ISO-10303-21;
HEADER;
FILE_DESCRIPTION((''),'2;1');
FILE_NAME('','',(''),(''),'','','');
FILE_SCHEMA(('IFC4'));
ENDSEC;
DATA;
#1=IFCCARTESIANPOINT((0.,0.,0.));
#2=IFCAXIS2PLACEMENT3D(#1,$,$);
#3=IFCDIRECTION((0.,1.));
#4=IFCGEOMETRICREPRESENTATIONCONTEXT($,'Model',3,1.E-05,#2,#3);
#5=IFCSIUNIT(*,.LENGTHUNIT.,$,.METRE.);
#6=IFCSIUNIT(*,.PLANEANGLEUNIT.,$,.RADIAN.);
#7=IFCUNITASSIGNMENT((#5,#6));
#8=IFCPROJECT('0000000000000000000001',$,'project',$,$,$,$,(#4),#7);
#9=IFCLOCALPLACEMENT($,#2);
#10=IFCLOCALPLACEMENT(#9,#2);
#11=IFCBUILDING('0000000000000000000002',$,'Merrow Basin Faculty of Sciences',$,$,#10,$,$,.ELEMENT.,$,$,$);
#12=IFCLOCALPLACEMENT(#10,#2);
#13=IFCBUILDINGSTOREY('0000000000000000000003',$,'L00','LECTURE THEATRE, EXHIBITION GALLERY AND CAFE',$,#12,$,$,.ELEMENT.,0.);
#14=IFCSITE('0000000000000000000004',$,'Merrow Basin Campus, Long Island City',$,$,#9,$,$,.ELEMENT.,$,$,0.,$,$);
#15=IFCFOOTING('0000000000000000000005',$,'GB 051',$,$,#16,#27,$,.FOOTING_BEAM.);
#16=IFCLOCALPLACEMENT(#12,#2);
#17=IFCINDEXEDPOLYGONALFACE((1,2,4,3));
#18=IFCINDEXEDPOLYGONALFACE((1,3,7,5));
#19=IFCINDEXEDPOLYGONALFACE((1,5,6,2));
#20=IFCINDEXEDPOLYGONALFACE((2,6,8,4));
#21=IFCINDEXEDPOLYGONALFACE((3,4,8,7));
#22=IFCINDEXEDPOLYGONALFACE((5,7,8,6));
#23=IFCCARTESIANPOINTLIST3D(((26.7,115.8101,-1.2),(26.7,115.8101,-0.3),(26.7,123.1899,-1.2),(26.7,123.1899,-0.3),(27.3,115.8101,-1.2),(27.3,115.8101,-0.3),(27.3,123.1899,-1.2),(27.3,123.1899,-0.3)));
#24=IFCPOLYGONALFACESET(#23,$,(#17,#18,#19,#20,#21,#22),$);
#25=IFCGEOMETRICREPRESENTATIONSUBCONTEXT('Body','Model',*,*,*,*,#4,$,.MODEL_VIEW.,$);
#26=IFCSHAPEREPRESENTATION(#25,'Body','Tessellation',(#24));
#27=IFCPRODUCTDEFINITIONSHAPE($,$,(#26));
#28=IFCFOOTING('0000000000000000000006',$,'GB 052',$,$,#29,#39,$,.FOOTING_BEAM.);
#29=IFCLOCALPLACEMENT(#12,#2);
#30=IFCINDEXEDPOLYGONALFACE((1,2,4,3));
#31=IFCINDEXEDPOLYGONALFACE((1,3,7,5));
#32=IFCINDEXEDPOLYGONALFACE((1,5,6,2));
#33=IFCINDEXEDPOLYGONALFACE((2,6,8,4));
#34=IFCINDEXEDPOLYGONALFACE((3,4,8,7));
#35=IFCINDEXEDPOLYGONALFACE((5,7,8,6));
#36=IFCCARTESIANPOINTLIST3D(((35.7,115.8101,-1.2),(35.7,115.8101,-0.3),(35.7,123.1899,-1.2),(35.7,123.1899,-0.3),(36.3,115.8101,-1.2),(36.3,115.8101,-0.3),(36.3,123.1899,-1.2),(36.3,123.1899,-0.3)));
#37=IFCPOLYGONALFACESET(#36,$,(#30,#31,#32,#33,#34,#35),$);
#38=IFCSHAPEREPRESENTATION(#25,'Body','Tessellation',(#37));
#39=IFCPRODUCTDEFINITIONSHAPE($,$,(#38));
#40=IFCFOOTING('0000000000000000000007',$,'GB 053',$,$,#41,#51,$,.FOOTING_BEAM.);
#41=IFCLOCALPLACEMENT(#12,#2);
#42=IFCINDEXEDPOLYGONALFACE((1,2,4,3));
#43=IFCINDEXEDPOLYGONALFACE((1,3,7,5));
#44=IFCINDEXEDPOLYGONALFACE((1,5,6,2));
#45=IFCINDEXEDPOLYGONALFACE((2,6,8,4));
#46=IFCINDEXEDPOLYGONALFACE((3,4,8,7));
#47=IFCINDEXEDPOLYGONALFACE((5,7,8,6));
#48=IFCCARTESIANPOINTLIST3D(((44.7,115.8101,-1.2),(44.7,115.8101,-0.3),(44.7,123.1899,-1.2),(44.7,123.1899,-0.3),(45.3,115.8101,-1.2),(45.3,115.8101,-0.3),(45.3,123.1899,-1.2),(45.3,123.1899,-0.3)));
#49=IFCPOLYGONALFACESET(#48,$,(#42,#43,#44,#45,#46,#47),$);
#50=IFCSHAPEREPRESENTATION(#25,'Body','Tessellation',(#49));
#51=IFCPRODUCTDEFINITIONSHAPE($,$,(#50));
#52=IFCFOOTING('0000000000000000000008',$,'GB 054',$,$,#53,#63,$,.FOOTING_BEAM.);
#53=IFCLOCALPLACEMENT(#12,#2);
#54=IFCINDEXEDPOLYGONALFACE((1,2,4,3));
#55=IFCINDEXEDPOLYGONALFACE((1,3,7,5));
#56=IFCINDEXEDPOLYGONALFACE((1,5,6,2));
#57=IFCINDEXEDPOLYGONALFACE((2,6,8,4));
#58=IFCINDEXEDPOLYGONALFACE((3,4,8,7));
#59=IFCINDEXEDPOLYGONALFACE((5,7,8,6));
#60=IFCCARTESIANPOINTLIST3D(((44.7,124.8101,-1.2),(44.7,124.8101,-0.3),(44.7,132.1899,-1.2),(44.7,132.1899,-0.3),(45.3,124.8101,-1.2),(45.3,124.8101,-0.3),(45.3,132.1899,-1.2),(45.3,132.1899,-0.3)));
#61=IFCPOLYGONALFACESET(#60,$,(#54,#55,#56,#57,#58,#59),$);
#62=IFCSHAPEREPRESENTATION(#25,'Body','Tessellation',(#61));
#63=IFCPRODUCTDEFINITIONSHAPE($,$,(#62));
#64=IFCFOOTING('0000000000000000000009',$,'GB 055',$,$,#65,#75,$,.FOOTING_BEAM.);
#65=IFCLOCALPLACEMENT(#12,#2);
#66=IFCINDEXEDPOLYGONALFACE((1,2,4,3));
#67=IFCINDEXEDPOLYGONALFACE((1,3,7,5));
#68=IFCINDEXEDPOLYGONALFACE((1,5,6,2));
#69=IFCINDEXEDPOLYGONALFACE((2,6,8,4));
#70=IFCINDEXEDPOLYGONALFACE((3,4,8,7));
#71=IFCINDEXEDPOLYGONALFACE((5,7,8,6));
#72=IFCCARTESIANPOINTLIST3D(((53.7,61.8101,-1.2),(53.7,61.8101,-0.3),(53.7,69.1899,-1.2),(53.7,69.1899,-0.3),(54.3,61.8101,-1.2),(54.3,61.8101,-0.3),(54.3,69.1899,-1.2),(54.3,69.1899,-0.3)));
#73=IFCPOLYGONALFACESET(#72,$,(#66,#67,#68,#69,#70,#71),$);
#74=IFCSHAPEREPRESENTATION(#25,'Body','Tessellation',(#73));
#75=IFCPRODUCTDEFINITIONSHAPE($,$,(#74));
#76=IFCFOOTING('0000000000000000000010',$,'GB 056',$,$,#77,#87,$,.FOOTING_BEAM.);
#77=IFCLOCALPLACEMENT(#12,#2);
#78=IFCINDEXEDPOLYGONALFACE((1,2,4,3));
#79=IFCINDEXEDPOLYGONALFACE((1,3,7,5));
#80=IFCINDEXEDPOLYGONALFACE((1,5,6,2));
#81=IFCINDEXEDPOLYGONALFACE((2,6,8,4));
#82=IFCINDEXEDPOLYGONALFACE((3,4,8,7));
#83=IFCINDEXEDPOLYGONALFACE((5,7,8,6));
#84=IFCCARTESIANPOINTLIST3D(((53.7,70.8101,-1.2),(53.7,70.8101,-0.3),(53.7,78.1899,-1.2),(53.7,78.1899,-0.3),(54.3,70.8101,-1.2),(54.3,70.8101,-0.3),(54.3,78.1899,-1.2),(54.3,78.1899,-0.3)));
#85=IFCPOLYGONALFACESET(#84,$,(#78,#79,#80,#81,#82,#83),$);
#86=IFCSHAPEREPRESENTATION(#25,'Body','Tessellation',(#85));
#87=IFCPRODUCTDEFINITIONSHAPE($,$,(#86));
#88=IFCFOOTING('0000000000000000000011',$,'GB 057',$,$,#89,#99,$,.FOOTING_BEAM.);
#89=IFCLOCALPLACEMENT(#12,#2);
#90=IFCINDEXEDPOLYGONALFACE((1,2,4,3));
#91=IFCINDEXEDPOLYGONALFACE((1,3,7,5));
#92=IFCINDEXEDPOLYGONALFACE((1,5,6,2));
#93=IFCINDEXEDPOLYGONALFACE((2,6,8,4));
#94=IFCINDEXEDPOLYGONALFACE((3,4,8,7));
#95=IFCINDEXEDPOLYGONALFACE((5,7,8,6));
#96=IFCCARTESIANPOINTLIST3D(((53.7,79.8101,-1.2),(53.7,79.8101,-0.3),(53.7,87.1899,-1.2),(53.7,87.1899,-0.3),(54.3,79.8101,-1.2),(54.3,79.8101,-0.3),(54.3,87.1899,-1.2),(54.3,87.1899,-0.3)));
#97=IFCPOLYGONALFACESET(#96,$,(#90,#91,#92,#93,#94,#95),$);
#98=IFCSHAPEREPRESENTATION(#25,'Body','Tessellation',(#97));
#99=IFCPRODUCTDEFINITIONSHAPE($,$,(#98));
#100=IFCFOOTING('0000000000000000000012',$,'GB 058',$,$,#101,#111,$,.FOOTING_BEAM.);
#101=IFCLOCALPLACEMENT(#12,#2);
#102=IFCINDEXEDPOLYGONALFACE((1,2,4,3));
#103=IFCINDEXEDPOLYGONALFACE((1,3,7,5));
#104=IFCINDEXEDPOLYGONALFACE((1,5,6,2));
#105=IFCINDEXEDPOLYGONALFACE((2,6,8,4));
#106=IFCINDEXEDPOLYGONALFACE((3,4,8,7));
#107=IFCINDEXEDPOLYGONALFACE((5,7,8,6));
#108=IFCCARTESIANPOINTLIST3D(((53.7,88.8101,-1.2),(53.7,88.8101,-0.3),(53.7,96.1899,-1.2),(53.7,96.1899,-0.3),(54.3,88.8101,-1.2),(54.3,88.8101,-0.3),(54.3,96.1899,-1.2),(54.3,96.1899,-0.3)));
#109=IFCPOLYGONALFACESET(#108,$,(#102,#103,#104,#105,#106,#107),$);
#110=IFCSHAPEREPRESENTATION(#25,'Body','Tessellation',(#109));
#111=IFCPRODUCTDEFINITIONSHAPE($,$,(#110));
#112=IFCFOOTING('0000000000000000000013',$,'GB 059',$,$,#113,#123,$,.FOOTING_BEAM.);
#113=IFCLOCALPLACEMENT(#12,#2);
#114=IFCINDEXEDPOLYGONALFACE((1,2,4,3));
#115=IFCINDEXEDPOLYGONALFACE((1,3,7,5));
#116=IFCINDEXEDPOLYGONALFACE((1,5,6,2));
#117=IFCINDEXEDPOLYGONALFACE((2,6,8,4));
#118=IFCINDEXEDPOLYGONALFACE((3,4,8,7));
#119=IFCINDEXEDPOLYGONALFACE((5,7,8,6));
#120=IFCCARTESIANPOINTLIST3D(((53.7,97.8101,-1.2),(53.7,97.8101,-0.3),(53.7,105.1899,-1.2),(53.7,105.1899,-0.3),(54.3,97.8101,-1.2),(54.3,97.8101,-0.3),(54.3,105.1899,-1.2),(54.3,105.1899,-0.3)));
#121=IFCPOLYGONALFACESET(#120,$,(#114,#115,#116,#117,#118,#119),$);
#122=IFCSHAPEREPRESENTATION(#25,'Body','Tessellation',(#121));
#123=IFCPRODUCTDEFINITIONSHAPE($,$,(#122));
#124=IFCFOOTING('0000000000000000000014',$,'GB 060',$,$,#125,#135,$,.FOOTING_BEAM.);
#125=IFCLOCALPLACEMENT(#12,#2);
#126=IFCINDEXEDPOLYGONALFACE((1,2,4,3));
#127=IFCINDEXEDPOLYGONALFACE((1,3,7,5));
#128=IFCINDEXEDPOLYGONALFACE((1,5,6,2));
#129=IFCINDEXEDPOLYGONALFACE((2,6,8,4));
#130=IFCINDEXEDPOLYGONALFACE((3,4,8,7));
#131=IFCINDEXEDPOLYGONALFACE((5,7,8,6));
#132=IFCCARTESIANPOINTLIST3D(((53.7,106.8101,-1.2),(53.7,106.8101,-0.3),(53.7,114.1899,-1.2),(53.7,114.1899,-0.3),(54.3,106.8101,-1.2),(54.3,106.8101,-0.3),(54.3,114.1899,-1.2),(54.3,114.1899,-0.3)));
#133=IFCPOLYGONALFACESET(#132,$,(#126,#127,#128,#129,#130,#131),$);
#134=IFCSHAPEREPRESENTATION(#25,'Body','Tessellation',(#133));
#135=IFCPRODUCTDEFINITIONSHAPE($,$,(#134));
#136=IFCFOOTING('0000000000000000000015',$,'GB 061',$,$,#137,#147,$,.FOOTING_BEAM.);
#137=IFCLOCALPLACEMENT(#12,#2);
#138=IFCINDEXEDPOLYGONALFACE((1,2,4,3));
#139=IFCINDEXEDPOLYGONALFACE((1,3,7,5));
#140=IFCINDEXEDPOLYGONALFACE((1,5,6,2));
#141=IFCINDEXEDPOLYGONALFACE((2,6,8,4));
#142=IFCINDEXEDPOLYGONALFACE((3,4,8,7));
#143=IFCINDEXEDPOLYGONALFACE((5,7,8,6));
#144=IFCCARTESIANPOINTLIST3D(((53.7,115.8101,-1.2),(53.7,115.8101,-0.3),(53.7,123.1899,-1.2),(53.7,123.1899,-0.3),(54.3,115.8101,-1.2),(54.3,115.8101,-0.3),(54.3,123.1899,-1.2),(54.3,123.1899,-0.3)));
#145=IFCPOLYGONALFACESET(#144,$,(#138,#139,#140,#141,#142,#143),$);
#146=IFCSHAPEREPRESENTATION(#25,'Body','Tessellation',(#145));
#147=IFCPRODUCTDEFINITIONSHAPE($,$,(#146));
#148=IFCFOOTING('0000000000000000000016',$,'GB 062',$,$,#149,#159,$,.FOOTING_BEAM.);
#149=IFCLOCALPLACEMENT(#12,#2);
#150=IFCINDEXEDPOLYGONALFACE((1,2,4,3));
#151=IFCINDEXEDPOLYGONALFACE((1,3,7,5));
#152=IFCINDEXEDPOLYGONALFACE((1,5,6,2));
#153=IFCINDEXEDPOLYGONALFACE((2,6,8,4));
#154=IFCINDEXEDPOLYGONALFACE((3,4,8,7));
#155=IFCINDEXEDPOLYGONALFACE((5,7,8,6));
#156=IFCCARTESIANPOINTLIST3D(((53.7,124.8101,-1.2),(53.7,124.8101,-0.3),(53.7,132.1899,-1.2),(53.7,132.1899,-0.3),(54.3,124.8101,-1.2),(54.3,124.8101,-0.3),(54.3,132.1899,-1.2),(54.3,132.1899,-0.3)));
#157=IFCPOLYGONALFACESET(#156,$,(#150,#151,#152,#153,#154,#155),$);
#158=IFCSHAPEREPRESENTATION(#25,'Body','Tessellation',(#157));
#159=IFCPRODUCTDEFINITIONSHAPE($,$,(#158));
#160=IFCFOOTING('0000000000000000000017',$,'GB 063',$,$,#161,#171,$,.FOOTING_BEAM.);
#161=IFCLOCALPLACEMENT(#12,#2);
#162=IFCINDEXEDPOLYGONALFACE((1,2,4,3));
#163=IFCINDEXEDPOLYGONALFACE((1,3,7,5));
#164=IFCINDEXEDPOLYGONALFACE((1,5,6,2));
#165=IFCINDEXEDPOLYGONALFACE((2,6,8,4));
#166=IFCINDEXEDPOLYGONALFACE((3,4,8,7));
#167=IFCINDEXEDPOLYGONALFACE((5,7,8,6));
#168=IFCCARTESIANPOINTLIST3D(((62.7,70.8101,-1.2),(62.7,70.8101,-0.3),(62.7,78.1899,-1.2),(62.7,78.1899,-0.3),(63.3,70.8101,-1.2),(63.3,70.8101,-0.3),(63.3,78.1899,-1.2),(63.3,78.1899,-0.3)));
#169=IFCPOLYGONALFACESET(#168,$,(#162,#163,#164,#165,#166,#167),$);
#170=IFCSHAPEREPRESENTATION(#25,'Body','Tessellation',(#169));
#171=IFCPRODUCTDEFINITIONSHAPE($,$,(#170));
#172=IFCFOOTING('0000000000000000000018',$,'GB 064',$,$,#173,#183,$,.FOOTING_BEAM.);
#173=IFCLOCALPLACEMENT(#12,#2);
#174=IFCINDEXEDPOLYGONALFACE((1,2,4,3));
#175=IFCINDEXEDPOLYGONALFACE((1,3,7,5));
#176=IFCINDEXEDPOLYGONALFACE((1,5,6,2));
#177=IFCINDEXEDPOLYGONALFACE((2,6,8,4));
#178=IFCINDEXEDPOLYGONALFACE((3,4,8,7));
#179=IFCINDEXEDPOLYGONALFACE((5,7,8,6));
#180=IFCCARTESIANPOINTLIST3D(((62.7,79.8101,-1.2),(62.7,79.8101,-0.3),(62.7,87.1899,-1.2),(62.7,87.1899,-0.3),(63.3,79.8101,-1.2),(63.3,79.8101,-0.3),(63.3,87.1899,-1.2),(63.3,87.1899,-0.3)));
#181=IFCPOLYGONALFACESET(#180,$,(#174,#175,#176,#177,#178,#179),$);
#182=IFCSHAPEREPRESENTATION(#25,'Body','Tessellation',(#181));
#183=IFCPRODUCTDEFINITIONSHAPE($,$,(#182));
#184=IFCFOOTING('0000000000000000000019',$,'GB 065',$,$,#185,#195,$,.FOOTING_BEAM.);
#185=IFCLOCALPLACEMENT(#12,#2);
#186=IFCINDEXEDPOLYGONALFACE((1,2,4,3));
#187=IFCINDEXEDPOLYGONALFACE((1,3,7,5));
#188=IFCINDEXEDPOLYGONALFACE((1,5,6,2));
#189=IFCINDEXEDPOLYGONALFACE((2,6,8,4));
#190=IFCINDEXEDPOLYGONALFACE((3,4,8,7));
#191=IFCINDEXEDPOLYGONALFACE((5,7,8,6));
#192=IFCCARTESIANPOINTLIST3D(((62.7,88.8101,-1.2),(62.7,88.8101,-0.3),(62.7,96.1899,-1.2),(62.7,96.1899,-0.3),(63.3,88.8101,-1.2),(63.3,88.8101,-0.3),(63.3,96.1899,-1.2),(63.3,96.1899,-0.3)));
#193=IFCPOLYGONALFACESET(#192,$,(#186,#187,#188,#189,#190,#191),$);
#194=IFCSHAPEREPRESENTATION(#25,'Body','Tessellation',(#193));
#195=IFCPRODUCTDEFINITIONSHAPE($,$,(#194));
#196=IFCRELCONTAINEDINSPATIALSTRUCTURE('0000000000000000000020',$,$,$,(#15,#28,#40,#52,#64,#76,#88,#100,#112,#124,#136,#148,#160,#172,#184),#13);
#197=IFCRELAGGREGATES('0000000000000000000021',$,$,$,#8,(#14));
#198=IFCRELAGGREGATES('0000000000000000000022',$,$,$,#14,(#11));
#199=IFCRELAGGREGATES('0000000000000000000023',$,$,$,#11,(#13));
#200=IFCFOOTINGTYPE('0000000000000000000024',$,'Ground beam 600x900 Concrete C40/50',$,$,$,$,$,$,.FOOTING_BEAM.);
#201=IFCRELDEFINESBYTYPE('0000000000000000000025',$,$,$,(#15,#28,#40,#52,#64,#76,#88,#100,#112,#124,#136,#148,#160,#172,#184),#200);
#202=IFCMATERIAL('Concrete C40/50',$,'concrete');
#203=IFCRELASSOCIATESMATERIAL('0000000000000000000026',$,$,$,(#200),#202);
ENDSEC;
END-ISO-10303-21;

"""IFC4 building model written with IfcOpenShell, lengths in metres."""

from ifc_helpers import new_model, si_unit, direction, frame, origin, place, context, subcontext, project, spatial, polyline, outline, extrude, material, type_object, element, save


model = new_model("IFC4")

# Units and contexts
model_context = context("Model", 3, precision=1e-05, world=origin(), true_north=direction((0.0, 1.0)))
body_context = subcontext(model_context, "Body", "Model", "MODEL_VIEW")
ifc_project = project(units=[si_unit("LENGTHUNIT", "METRE"), si_unit("PLANEANGLEUNIT", "RADIAN")], contexts=[model_context])

# Site, building, storey
site_placement = place(None, origin())
site = spatial("IfcSite", under=ifc_project, at=site_placement, Name="Merrow Basin Campus, Long Island City", CompositionType="ELEMENT", RefElevation=0.0)
building_placement = place(site_placement, origin())
building = spatial("IfcBuilding", under=site, at=building_placement, Name="Merrow Basin Faculty of Sciences", CompositionType="ELEMENT")
storey_placement = place(building_placement, origin())
storey = spatial("IfcBuildingStorey", under=building, at=storey_placement, Name="L00", Description="LECTURE THEATRE, EXHIBITION GALLERY AND CAFE", CompositionType="ELEMENT", Elevation=0.0)

# Footings
ifc_material = material(Name="Concrete C40/50", Category="concrete")
footing_type = type_object("IfcFootingType", Name="Ground beam 600x900 Concrete C40/50", PredefinedType="FOOTING_BEAM", material=ifc_material)
footing_1_placement = place(storey_placement, frame((0.0, 0.0, -1.2)))
element("IfcFooting", 1, at=footing_1_placement, inside=storey, type_object=footing_type, Name="GB 051", PredefinedType="FOOTING_BEAM", context=body_context, shape_type="SweptSolid", body=[
    extrude(outline(polyline([(26.7, 115.8101), (27.3, 115.8101), (27.3, 123.1899), (26.7, 123.1899), (26.7, 115.8101)])), origin(), (0.0, 0.0, 1.0), 0.8999),
])
footing_2_placement = place(storey_placement, frame((0.0, 0.0, -1.2)))
element("IfcFooting", 2, at=footing_2_placement, inside=storey, type_object=footing_type, Name="GB 052", PredefinedType="FOOTING_BEAM", context=body_context, shape_type="SweptSolid", body=[
    extrude(outline(polyline([(35.7, 115.8101), (36.3, 115.8101), (36.3, 123.1899), (35.7, 123.1899), (35.7, 115.8101)])), origin(), (0.0, 0.0, 1.0), 0.8999),
])
footing_3_placement = place(storey_placement, frame((0.0, 0.0, -1.2)))
element("IfcFooting", 3, at=footing_3_placement, inside=storey, type_object=footing_type, Name="GB 053", PredefinedType="FOOTING_BEAM", context=body_context, shape_type="SweptSolid", body=[
    extrude(outline(polyline([(44.7, 115.8101), (45.3, 115.8101), (45.3, 123.1899), (44.7, 123.1899), (44.7, 115.8101)])), origin(), (0.0, 0.0, 1.0), 0.8999),
])
footing_4_placement = place(storey_placement, frame((0.0, 0.0, -1.2)))
element("IfcFooting", 4, at=footing_4_placement, inside=storey, type_object=footing_type, Name="GB 054", PredefinedType="FOOTING_BEAM", context=body_context, shape_type="SweptSolid", body=[
    extrude(outline(polyline([(44.7, 124.8101), (45.3, 124.8101), (45.3, 132.1899), (44.7, 132.1899), (44.7, 124.8101)])), origin(), (0.0, 0.0, 1.0), 0.8999),
])
footing_5_placement = place(storey_placement, frame((0.0, 0.0, -1.2)))
element("IfcFooting", 5, at=footing_5_placement, inside=storey, type_object=footing_type, Name="GB 055", PredefinedType="FOOTING_BEAM", context=body_context, shape_type="SweptSolid", body=[
    extrude(outline(polyline([(53.7, 61.8101), (54.3, 61.8101), (54.3, 69.1899), (53.7, 69.1899), (53.7, 61.8101)])), origin(), (0.0, 0.0, 1.0), 0.8999),
])
footing_6_placement = place(storey_placement, frame((0.0, 0.0, -1.2)))
element("IfcFooting", 6, at=footing_6_placement, inside=storey, type_object=footing_type, Name="GB 056", PredefinedType="FOOTING_BEAM", context=body_context, shape_type="SweptSolid", body=[
    extrude(outline(polyline([(53.7, 70.8101), (54.3, 70.8101), (54.3, 78.1899), (53.7, 78.1899), (53.7, 70.8101)])), origin(), (0.0, 0.0, 1.0), 0.8999),
])
footing_7_placement = place(storey_placement, frame((0.0, 0.0, -1.2)))
element("IfcFooting", 7, at=footing_7_placement, inside=storey, type_object=footing_type, Name="GB 057", PredefinedType="FOOTING_BEAM", context=body_context, shape_type="SweptSolid", body=[
    extrude(outline(polyline([(53.7, 79.8101), (54.3, 79.8101), (54.3, 87.1899), (53.7, 87.1899), (53.7, 79.8101)])), origin(), (0.0, 0.0, 1.0), 0.8999),
])
footing_8_placement = place(storey_placement, frame((0.0, 0.0, -1.2)))
element("IfcFooting", 8, at=footing_8_placement, inside=storey, type_object=footing_type, Name="GB 058", PredefinedType="FOOTING_BEAM", context=body_context, shape_type="SweptSolid", body=[
    extrude(outline(polyline([(53.7, 88.8101), (54.3, 88.8101), (54.3, 96.1899), (53.7, 96.1899), (53.7, 88.8101)])), origin(), (0.0, 0.0, 1.0), 0.8999),
])
footing_9_placement = place(storey_placement, frame((0.0, 0.0, -1.2)))
element("IfcFooting", 9, at=footing_9_placement, inside=storey, type_object=footing_type, Name="GB 059", PredefinedType="FOOTING_BEAM", context=body_context, shape_type="SweptSolid", body=[
    extrude(outline(polyline([(53.7, 97.8101), (54.3, 97.8101), (54.3, 105.1899), (53.7, 105.1899), (53.7, 97.8101)])), origin(), (0.0, 0.0, 1.0), 0.8999),
])
footing_10_placement = place(storey_placement, frame((0.0, 0.0, -1.2)))
element("IfcFooting", 10, at=footing_10_placement, inside=storey, type_object=footing_type, Name="GB 060", PredefinedType="FOOTING_BEAM", context=body_context, shape_type="SweptSolid", body=[
    extrude(outline(polyline([(53.7, 106.8101), (54.3, 106.8101), (54.3, 114.1899), (53.7, 114.1899), (53.7, 106.8101)])), origin(), (0.0, 0.0, 1.0), 0.8999),
])
footing_11_placement = place(storey_placement, frame((0.0, 0.0, -1.2)))
element("IfcFooting", 11, at=footing_11_placement, inside=storey, type_object=footing_type, Name="GB 061", PredefinedType="FOOTING_BEAM", context=body_context, shape_type="SweptSolid", body=[
    extrude(outline(polyline([(53.7, 115.8101), (54.3, 115.8101), (54.3, 123.1899), (53.7, 123.1899), (53.7, 115.8101)])), origin(), (0.0, 0.0, 1.0), 0.8999),
])
footing_12_placement = place(storey_placement, frame((0.0, 0.0, -1.2)))
element("IfcFooting", 12, at=footing_12_placement, inside=storey, type_object=footing_type, Name="GB 062", PredefinedType="FOOTING_BEAM", context=body_context, shape_type="SweptSolid", body=[
    extrude(outline(polyline([(53.7, 124.8101), (54.3, 124.8101), (54.3, 132.1899), (53.7, 132.1899), (53.7, 124.8101)])), origin(), (0.0, 0.0, 1.0), 0.8999),
])
footing_13_placement = place(storey_placement, frame((0.0, 0.0, -1.2)))
element("IfcFooting", 13, at=footing_13_placement, inside=storey, type_object=footing_type, Name="GB 063", PredefinedType="FOOTING_BEAM", context=body_context, shape_type="SweptSolid", body=[
    extrude(outline(polyline([(62.7, 70.8101), (63.3, 70.8101), (63.3, 78.1899), (62.7, 78.1899), (62.7, 70.8101)])), origin(), (0.0, 0.0, 1.0), 0.8999),
])
footing_14_placement = place(storey_placement, frame((0.0, 0.0, -1.2)))
element("IfcFooting", 14, at=footing_14_placement, inside=storey, type_object=footing_type, Name="GB 064", PredefinedType="FOOTING_BEAM", context=body_context, shape_type="SweptSolid", body=[
    extrude(outline(polyline([(62.7, 79.8101), (63.3, 79.8101), (63.3, 87.1899), (62.7, 87.1899), (62.7, 79.8101)])), origin(), (0.0, 0.0, 1.0), 0.8999),
])
footing_15_placement = place(storey_placement, frame((0.0, 0.0, -1.2)))
element("IfcFooting", 15, at=footing_15_placement, inside=storey, type_object=footing_type, Name="GB 065", PredefinedType="FOOTING_BEAM", context=body_context, shape_type="SweptSolid", body=[
    extrude(outline(polyline([(62.7, 88.8101), (63.3, 88.8101), (63.3, 96.1899), (62.7, 96.1899), (62.7, 88.8101)])), origin(), (0.0, 0.0, 1.0), 0.8999),
])

save(model, "model.ifc")
